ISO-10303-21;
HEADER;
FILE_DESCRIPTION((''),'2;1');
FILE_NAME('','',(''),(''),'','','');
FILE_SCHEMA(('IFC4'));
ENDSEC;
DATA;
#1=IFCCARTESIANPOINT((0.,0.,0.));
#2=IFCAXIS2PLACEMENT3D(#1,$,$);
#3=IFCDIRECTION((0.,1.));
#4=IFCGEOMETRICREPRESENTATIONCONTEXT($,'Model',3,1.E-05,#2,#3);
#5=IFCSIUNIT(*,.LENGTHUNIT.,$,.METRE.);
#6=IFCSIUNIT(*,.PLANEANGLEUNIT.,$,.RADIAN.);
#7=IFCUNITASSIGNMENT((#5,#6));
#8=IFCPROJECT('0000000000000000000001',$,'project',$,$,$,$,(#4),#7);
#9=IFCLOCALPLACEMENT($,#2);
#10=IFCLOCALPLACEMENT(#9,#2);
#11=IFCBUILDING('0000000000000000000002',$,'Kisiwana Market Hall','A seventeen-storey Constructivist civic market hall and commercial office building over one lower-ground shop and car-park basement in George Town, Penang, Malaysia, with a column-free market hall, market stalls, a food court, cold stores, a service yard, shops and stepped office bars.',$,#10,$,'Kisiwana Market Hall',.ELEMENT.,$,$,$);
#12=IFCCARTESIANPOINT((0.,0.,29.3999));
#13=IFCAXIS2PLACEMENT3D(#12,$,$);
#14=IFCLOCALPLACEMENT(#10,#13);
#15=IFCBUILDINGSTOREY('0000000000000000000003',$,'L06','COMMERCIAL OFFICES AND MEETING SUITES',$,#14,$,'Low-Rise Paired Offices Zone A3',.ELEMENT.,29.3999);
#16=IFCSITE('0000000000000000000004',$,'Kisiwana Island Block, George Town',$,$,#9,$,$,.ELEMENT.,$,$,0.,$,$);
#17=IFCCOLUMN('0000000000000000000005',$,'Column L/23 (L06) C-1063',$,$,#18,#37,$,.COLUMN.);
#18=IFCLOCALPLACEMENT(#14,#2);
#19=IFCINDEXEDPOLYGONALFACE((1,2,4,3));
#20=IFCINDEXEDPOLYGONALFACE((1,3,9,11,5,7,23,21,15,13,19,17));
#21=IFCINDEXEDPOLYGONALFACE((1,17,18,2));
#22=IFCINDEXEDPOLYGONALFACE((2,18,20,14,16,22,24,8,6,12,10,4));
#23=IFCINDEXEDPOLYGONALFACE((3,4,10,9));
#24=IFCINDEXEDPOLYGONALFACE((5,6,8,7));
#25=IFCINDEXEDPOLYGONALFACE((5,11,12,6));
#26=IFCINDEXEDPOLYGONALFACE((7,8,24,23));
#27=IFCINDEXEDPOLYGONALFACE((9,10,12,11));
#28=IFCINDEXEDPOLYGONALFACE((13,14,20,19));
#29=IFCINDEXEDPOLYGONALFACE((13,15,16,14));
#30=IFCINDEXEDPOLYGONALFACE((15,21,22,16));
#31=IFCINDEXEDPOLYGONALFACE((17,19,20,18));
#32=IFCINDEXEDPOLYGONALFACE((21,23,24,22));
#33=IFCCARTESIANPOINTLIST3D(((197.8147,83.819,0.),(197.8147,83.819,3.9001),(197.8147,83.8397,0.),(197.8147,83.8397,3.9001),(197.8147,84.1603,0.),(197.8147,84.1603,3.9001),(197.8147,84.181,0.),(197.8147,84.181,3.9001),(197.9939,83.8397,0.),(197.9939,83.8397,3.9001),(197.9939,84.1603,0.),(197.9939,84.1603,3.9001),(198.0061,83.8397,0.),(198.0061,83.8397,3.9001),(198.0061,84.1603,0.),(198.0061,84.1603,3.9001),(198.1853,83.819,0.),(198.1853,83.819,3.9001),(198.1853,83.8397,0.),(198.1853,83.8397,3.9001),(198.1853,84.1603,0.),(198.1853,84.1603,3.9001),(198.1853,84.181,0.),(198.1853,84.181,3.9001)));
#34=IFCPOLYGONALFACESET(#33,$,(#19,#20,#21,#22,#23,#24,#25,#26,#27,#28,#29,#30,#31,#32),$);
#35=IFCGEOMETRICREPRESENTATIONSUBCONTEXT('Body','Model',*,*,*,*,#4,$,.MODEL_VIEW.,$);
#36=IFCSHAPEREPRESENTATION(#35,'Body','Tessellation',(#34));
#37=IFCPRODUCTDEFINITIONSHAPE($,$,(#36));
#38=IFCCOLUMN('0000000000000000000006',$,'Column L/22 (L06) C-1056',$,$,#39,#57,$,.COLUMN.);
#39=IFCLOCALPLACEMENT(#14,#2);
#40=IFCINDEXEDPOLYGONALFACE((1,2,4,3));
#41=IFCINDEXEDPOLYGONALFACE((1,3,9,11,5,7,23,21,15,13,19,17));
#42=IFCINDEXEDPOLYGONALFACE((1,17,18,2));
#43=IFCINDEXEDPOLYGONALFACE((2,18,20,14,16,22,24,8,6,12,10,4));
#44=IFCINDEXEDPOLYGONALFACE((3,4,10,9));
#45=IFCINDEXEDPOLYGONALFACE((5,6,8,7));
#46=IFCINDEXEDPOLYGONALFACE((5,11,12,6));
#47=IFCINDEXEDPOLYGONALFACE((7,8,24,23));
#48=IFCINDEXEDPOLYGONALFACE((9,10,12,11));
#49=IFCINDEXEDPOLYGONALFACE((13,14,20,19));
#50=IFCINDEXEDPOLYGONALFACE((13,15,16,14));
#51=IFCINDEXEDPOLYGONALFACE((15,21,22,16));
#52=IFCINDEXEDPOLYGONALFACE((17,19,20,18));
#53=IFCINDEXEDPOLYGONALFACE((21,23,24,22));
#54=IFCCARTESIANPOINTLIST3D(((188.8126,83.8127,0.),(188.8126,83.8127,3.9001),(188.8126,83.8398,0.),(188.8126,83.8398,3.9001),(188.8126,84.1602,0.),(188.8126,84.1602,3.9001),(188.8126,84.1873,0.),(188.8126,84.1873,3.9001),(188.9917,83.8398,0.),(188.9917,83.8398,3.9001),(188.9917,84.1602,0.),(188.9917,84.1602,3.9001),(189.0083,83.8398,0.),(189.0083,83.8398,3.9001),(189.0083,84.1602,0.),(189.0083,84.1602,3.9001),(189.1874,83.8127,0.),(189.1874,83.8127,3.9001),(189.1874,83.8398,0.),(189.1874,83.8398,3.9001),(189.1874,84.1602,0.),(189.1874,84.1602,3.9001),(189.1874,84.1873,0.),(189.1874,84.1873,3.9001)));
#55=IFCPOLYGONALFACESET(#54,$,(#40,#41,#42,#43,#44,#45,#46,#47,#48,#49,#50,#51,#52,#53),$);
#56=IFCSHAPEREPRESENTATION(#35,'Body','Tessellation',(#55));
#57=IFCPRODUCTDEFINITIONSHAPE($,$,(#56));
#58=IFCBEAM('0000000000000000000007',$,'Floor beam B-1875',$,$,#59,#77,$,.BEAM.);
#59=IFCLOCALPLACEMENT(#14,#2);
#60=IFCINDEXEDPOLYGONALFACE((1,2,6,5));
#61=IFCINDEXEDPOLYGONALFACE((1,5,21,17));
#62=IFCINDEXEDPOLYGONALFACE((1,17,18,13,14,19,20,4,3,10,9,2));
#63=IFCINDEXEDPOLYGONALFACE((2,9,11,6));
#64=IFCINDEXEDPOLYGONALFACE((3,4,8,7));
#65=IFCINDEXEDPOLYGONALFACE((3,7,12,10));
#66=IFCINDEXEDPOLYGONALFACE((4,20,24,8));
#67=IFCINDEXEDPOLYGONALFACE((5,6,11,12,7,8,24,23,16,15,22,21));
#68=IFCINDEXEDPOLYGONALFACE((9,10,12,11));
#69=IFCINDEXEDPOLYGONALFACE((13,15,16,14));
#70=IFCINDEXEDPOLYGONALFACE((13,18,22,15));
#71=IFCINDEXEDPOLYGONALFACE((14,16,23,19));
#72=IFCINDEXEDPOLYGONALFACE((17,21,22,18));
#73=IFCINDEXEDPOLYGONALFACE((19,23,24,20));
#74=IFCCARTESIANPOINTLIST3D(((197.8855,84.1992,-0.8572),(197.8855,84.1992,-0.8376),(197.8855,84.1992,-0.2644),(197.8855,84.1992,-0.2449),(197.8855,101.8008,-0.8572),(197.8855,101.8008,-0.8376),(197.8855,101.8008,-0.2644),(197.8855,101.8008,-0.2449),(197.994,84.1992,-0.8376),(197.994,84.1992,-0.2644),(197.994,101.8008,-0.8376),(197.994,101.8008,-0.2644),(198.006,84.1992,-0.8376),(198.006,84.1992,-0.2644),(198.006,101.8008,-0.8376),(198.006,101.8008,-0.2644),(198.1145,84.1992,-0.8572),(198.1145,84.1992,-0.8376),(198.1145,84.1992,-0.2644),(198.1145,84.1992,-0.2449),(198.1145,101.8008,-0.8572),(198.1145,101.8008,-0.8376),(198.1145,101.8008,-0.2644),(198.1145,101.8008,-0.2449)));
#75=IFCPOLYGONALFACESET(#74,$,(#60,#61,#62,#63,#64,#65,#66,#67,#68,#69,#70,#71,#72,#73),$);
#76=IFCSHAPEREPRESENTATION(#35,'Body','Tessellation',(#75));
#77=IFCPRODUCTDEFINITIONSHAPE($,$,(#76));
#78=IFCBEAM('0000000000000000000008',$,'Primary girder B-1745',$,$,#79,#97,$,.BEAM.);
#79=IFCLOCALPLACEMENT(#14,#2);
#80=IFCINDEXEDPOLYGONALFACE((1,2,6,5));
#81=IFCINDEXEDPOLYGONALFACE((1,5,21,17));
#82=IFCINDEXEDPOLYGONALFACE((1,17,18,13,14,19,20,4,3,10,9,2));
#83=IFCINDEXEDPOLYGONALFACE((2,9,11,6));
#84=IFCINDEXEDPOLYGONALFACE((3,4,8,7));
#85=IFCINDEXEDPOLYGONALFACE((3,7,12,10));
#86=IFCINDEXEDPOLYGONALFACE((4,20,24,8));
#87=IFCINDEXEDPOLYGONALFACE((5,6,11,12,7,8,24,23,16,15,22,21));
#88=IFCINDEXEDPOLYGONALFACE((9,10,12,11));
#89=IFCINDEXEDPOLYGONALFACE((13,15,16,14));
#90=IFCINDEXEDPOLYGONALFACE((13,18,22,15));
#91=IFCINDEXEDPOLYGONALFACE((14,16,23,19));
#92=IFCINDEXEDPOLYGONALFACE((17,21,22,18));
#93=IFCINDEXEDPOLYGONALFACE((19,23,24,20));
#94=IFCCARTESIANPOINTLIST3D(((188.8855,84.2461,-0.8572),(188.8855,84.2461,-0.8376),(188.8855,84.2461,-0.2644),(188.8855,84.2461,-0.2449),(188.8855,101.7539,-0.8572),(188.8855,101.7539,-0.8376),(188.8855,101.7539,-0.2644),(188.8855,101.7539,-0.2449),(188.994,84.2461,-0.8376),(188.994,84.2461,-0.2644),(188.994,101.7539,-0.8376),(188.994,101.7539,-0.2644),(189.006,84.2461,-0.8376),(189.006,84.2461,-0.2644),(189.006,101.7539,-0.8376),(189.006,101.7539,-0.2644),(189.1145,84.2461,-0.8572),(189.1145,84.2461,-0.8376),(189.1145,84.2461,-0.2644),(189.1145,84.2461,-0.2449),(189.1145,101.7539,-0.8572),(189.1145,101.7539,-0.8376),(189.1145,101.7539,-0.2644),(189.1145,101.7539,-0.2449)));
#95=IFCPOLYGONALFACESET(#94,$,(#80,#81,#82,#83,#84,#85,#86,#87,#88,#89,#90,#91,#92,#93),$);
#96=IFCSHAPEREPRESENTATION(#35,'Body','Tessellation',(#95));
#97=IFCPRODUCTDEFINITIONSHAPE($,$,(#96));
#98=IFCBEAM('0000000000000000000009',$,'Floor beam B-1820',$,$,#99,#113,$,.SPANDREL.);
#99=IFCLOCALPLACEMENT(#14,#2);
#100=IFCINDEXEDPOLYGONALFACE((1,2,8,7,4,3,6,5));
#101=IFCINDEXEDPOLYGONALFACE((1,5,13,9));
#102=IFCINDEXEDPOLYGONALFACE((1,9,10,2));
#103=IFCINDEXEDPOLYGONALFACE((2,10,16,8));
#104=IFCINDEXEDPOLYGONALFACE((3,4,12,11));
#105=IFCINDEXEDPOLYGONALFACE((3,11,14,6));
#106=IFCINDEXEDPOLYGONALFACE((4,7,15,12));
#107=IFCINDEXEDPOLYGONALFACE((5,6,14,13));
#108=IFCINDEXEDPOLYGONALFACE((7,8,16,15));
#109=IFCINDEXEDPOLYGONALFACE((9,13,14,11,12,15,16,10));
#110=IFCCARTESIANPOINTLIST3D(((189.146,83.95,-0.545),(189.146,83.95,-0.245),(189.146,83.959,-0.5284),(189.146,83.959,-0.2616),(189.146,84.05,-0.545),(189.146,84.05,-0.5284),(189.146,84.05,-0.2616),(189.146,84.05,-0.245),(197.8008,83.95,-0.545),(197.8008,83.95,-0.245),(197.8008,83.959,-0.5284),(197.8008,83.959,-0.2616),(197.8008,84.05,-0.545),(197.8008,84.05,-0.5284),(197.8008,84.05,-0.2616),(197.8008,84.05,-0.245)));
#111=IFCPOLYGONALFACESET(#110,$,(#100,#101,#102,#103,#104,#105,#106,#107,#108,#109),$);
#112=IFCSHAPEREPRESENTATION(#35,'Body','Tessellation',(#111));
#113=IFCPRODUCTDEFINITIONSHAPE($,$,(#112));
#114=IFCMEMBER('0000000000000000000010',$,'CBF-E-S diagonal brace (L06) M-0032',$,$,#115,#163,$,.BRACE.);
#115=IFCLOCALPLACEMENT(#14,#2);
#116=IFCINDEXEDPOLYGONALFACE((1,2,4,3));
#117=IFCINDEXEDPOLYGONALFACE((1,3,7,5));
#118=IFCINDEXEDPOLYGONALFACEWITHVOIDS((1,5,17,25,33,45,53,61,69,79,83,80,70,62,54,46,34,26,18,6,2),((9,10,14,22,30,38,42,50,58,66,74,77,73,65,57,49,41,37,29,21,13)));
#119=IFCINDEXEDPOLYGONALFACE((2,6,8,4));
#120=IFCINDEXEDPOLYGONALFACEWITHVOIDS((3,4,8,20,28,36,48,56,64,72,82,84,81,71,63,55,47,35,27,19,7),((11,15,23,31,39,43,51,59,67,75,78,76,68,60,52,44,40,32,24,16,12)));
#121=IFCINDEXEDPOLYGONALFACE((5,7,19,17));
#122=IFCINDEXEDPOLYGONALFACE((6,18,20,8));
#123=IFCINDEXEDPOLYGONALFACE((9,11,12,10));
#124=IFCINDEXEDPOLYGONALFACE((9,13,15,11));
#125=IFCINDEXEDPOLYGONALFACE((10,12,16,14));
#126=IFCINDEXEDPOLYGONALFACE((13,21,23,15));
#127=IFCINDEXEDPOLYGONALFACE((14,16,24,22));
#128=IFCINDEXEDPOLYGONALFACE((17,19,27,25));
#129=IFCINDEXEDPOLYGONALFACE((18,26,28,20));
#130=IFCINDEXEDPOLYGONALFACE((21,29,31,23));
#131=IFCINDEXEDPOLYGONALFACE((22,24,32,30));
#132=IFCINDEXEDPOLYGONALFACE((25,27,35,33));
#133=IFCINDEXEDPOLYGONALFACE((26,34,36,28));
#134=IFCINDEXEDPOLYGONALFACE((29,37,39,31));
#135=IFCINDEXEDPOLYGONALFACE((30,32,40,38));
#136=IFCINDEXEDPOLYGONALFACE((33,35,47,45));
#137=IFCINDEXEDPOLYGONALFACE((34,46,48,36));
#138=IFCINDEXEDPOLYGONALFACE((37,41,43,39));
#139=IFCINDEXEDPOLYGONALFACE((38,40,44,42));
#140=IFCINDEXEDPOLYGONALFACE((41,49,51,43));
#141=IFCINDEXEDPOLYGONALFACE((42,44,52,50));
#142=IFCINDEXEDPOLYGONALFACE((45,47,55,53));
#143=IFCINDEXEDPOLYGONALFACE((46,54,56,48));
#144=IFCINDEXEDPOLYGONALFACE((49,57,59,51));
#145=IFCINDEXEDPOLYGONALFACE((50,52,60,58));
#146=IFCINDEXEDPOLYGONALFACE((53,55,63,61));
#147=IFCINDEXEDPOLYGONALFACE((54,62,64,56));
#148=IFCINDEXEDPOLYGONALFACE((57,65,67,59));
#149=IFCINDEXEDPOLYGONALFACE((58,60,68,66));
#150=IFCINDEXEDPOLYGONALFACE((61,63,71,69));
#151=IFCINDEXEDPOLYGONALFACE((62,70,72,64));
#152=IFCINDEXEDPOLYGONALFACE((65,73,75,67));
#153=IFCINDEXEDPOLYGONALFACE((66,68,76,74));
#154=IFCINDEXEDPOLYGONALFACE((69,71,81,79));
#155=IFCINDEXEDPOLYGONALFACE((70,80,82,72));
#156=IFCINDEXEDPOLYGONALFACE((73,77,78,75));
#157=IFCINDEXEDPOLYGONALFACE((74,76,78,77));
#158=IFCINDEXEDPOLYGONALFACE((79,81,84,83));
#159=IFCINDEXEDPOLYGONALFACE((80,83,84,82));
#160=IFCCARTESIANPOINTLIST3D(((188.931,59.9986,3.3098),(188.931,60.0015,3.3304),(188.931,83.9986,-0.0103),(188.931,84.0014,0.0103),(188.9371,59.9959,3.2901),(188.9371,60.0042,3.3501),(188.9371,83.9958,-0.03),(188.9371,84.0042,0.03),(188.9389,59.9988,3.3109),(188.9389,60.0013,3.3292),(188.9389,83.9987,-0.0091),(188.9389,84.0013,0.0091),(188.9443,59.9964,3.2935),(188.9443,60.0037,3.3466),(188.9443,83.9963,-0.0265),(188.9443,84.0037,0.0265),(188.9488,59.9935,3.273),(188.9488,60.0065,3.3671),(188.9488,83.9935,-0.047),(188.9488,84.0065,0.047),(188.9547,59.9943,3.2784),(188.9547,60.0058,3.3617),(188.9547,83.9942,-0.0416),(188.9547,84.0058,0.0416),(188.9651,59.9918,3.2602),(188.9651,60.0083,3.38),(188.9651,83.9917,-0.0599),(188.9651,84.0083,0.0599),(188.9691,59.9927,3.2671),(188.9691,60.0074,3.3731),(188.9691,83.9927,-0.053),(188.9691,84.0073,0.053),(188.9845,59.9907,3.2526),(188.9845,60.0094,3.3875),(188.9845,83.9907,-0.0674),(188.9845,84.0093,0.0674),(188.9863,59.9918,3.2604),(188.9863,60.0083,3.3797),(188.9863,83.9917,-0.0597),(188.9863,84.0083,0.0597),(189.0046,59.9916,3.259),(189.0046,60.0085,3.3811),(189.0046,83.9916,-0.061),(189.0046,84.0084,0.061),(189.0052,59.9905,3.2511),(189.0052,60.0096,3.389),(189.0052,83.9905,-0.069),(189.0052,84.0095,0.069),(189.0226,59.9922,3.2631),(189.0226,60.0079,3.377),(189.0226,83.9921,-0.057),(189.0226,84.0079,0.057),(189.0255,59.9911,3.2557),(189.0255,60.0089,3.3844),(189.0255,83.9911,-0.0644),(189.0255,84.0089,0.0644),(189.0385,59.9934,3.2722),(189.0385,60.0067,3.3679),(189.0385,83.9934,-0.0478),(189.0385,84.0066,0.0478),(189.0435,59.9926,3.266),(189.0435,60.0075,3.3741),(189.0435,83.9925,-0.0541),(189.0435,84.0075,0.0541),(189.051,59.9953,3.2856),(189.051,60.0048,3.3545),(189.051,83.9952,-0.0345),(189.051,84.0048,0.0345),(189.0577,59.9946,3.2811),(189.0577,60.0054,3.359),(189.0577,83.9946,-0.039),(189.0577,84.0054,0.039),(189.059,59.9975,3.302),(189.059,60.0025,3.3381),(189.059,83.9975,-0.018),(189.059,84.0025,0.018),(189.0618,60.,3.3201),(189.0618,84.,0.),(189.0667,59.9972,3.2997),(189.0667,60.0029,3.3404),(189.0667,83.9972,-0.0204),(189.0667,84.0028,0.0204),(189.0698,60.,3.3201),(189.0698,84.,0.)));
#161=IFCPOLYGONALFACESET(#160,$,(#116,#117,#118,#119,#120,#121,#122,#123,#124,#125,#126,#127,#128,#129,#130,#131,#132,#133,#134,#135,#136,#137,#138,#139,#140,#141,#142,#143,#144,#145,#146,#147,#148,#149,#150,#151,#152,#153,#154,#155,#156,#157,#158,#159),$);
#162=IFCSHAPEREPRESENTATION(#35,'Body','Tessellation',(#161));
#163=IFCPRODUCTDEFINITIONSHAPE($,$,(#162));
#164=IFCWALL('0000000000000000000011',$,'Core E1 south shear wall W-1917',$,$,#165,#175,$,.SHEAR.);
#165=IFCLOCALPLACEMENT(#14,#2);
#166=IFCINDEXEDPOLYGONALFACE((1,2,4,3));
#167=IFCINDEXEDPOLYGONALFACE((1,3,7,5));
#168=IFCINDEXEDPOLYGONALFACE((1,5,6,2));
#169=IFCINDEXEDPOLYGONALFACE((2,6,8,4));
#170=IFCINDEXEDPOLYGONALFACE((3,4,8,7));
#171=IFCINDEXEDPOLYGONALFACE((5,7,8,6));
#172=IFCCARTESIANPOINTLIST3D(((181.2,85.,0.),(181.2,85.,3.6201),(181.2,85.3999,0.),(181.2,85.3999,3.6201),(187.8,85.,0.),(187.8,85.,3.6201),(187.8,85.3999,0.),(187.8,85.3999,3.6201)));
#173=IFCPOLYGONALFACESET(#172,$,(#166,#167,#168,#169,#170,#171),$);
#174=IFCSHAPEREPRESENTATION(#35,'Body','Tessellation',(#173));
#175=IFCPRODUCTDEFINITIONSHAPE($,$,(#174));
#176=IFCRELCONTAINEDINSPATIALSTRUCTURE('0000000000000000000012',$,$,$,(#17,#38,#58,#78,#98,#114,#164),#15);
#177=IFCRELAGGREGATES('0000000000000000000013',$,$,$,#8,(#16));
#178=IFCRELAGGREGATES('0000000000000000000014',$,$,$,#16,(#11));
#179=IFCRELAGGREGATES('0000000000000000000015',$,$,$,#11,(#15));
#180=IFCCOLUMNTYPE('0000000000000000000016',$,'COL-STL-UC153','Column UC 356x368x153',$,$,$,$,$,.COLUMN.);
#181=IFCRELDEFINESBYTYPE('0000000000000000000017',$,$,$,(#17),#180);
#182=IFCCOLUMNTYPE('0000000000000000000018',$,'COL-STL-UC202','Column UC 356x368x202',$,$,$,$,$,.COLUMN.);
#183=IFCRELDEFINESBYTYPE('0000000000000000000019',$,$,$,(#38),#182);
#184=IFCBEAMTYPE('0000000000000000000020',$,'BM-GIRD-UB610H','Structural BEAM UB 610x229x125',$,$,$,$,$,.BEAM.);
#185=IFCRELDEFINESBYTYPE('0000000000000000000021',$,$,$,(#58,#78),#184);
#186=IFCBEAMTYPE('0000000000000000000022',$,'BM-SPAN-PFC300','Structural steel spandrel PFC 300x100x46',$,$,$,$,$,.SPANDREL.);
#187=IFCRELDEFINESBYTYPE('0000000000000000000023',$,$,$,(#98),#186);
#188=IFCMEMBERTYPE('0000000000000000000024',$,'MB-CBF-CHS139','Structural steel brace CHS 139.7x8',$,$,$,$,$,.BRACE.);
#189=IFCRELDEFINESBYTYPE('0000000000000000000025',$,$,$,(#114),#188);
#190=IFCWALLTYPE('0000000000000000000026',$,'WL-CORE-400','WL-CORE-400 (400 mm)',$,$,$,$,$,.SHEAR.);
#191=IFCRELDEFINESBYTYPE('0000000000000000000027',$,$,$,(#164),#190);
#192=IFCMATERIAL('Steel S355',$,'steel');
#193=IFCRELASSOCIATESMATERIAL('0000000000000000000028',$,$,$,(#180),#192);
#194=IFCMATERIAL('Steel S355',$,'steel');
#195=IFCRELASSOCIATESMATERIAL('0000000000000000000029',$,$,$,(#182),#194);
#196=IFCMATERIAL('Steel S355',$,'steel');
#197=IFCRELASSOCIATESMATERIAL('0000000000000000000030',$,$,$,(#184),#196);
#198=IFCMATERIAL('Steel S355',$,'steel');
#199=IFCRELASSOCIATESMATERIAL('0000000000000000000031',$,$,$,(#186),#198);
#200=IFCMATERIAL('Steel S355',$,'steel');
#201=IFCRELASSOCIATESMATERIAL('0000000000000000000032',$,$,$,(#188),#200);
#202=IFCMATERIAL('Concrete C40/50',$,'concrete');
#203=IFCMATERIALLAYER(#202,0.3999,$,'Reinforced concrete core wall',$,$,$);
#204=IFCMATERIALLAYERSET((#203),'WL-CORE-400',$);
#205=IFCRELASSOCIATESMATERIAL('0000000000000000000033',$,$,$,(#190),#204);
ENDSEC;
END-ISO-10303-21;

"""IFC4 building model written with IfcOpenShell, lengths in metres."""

from ifc_helpers import new_model, si_unit, direction, frame, frame_2d, origin, origin_2d, place, context, subcontext, project, spatial, rectangle, hollow_circle, i_section, u_section, extrude, material, layer, layer_set, material_profile, profile_set, type_object, element, save


model = new_model("IFC4")

# Units and contexts
model_context = context("Model", 3, precision=1e-05, world=origin(), true_north=direction((0.0, 1.0)))
body_context = subcontext(model_context, "Body", "Model", "MODEL_VIEW")
ifc_project = project(units=[si_unit("LENGTHUNIT", "METRE"), si_unit("PLANEANGLEUNIT", "RADIAN")], contexts=[model_context])

# Site, building, storey
site_placement = place(None, origin())
site = spatial("IfcSite", under=ifc_project, at=site_placement, Name="Kisiwana Island Block, George Town", CompositionType="ELEMENT", RefElevation=0.0)
building_placement = place(site_placement, origin())
building = spatial("IfcBuilding", under=site, at=building_placement, Name="Kisiwana Market Hall", Description="A seventeen-storey Constructivist civic market hall and commercial office building over one lower-ground shop and car-park basement in George Town, Penang, Malaysia, with a column-free market hall, market stalls, a food court, cold stores, a service yard, shops and stepped office bars.", LongName="Kisiwana Market Hall", CompositionType="ELEMENT")
storey_placement = place(building_placement, frame((0.0, 0.0, 29.3999)))
storey = spatial("IfcBuildingStorey", under=building, at=storey_placement, Name="L06", Description="COMMERCIAL OFFICES AND MEETING SUITES", LongName="Low-Rise Paired Offices Zone A3", CompositionType="ELEMENT", Elevation=29.3999)

# Columns
ifc_material_1 = material(Name="Steel S355", Category="steel")
ifc_material_profile_1 = material_profile(ifc_material_1, i_section(OverallWidth=0.3706, OverallDepth=0.3621, WebThickness=0.0122, FlangeThickness=0.0208, at=origin_2d()), Name="UC 356x368x153")
ifc_profile_set_1 = profile_set([ifc_material_profile_1], Name="Steel S355")
column_type_1 = type_object("IfcColumnType", Name="COL-STL-UC153", Description="Column UC 356x368x153", PredefinedType="COLUMN", material=ifc_profile_set_1)
column_1_placement = place(storey_placement, frame((198.0, 84.0, 0.0), z_axis=(0.0, 0.0, 1.0), x_axis=(1.0, 0.0, 0.0)))
element("IfcColumn", 1, at=column_1_placement, inside=storey, type_object=column_type_1, Name="Column L/23 (L06) C-1063", PredefinedType="COLUMN", context=body_context, shape_type="SweptSolid", body=[
    extrude(i_section(OverallWidth=0.3706, OverallDepth=0.3621, WebThickness=0.0122, FlangeThickness=0.0208, at=origin_2d()), origin(), (0.0, 0.0, 1.0), 3.9001),
])
ifc_material_2 = material(Name="Steel S355", Category="steel")
ifc_material_profile_2 = material_profile(ifc_material_2, i_section(OverallWidth=0.3748, OverallDepth=0.3745, WebThickness=0.0166, FlangeThickness=0.0271, at=origin_2d()), Name="UC 356x368x202")
ifc_profile_set_2 = profile_set([ifc_material_profile_2], Name="Steel S355")
column_type_2 = type_object("IfcColumnType", Name="COL-STL-UC202", Description="Column UC 356x368x202", PredefinedType="COLUMN", material=ifc_profile_set_2)
column_2_placement = place(storey_placement, frame((189.0, 84.0, 0.0), z_axis=(0.0, 0.0, 1.0), x_axis=(1.0, 0.0, 0.0)))
element("IfcColumn", 2, at=column_2_placement, inside=storey, type_object=column_type_2, Name="Column L/22 (L06) C-1056", PredefinedType="COLUMN", context=body_context, shape_type="SweptSolid", body=[
    extrude(i_section(OverallWidth=0.3748, OverallDepth=0.3745, WebThickness=0.0166, FlangeThickness=0.0271, at=origin_2d()), origin(), (0.0, 0.0, 1.0), 3.9001),
])

# Beams
ifc_material_3 = material(Name="Steel S355", Category="steel")
ifc_material_profile_3 = material_profile(ifc_material_3, i_section(OverallWidth=0.229, OverallDepth=0.6123, WebThickness=0.012, FlangeThickness=0.0195, at=origin_2d()), Name="UB 610x229x125")
ifc_profile_set_3 = profile_set([ifc_material_profile_3], Name="Steel S355")
beam_type_1 = type_object("IfcBeamType", Name="BM-GIRD-UB610H", Description="Structural BEAM UB 610x229x125", PredefinedType="BEAM", material=ifc_profile_set_3)
beam_1_placement = place(storey_placement, frame((198.0, 84.1992, -0.551), z_axis=(0.0, 1.0, 0.0), x_axis=(-1.0, 0.0, 0.0)))
element("IfcBeam", 3, at=beam_1_placement, inside=storey, type_object=beam_type_1, Name="Floor beam B-1875", PredefinedType="BEAM", context=body_context, shape_type="SweptSolid", body=[
    extrude(i_section(OverallWidth=0.229, OverallDepth=0.6123, WebThickness=0.012, FlangeThickness=0.0195, at=origin_2d()), origin(), (0.0, 0.0, 1.0), 17.6016),
])
beam_2_placement = place(storey_placement, frame((189.0, 84.2461, -0.551), z_axis=(0.0, 1.0, 0.0), x_axis=(-1.0, 0.0, 0.0)))
element("IfcBeam", 4, at=beam_2_placement, inside=storey, type_object=beam_type_1, Name="Primary girder B-1745", PredefinedType="BEAM", context=body_context, shape_type="SweptSolid", body=[
    extrude(i_section(OverallWidth=0.229, OverallDepth=0.6123, WebThickness=0.012, FlangeThickness=0.0195, at=origin_2d()), origin(), (0.0, 0.0, 1.0), 17.5078),
])
ifc_material_4 = material(Name="Steel S355", Category="steel")
ifc_material_profile_4 = material_profile(ifc_material_4, u_section(Depth=0.3, FlangeWidth=0.1001, WebThickness=0.009, FlangeThickness=0.0166, at=origin_2d()), Name="PFC 300x100x46")
ifc_profile_set_4 = profile_set([ifc_material_profile_4], Name="Steel S355")
beam_type_2 = type_object("IfcBeamType", Name="BM-SPAN-PFC300", Description="Structural steel spandrel PFC 300x100x46", PredefinedType="SPANDREL", material=ifc_profile_set_4)
beam_3_placement = place(storey_placement, frame((189.146, 84.0, -0.395), z_axis=(1.0, 0.0, 0.0), x_axis=(0.0, 1.0, 0.0)))
element("IfcBeam", 5, at=beam_3_placement, inside=storey, type_object=beam_type_2, Name="Floor beam B-1820", PredefinedType="SPANDREL", context=body_context, shape_type="SweptSolid", body=[
    extrude(u_section(Depth=0.3, FlangeWidth=0.1001, WebThickness=0.009, FlangeThickness=0.0166, at=origin_2d()), origin(), (0.0, 0.0, 1.0), 8.6548),
])

# Member
ifc_material_5 = material(Name="Steel S355", Category="steel")
ifc_material_profile_5 = material_profile(ifc_material_5, hollow_circle(Radius=0.0698, WallThickness=0.0081, at=origin_2d()), Name="CHS 139.7x8")
ifc_profile_set_5 = profile_set([ifc_material_profile_5], Name="Steel S355")
member_type = type_object("IfcMemberType", Name="MB-CBF-CHS139", Description="Structural steel brace CHS 139.7x8", PredefinedType="BRACE", material=ifc_profile_set_5)
member_placement = place(storey_placement, frame((189.0, 84.0, 0.0), z_axis=(0.0, -0.990567, 0.137031), x_axis=(1.0, 0.0, 0.0)))
element("IfcMember", 6, at=member_placement, inside=storey, type_object=member_type, Name="CBF-E-S diagonal brace (L06) M-0032", PredefinedType="BRACE", context=body_context, shape_type="SweptSolid", body=[
    extrude(hollow_circle(Radius=0.0698, WallThickness=0.0081, at=origin_2d()), origin(), (0.0, 0.0, 1.0), 24.2285),
])

# Wall
ifc_material_6 = material(Name="Concrete C40/50", Category="concrete")
ifc_layer_1 = layer(ifc_material_6, 0.3999, Name="Reinforced concrete core wall")
ifc_layer_set_1 = layer_set([ifc_layer_1], Name="WL-CORE-400")
wall_type_1 = type_object("IfcWallType", Name="WL-CORE-400", Description="WL-CORE-400 (400 mm)", PredefinedType="SHEAR", material=ifc_layer_set_1)
wall_1_placement = place(storey_placement, frame((181.2, 85.2, 0.0), z_axis=(0.0, 0.0, 1.0), x_axis=(1.0, 0.0, 0.0)))
element("IfcWall", 7, at=wall_1_placement, inside=storey, type_object=wall_type_1, Name="Core E1 south shear wall W-1917", PredefinedType="SHEAR", context=body_context, shape_type="SweptSolid", body=[
    extrude(rectangle(XDim=6.6001, YDim=0.3999, at=frame_2d((3.3, 0.0))), origin(), (0.0, 0.0, 1.0), 3.6201),
])

save(model, "model.ifc")
